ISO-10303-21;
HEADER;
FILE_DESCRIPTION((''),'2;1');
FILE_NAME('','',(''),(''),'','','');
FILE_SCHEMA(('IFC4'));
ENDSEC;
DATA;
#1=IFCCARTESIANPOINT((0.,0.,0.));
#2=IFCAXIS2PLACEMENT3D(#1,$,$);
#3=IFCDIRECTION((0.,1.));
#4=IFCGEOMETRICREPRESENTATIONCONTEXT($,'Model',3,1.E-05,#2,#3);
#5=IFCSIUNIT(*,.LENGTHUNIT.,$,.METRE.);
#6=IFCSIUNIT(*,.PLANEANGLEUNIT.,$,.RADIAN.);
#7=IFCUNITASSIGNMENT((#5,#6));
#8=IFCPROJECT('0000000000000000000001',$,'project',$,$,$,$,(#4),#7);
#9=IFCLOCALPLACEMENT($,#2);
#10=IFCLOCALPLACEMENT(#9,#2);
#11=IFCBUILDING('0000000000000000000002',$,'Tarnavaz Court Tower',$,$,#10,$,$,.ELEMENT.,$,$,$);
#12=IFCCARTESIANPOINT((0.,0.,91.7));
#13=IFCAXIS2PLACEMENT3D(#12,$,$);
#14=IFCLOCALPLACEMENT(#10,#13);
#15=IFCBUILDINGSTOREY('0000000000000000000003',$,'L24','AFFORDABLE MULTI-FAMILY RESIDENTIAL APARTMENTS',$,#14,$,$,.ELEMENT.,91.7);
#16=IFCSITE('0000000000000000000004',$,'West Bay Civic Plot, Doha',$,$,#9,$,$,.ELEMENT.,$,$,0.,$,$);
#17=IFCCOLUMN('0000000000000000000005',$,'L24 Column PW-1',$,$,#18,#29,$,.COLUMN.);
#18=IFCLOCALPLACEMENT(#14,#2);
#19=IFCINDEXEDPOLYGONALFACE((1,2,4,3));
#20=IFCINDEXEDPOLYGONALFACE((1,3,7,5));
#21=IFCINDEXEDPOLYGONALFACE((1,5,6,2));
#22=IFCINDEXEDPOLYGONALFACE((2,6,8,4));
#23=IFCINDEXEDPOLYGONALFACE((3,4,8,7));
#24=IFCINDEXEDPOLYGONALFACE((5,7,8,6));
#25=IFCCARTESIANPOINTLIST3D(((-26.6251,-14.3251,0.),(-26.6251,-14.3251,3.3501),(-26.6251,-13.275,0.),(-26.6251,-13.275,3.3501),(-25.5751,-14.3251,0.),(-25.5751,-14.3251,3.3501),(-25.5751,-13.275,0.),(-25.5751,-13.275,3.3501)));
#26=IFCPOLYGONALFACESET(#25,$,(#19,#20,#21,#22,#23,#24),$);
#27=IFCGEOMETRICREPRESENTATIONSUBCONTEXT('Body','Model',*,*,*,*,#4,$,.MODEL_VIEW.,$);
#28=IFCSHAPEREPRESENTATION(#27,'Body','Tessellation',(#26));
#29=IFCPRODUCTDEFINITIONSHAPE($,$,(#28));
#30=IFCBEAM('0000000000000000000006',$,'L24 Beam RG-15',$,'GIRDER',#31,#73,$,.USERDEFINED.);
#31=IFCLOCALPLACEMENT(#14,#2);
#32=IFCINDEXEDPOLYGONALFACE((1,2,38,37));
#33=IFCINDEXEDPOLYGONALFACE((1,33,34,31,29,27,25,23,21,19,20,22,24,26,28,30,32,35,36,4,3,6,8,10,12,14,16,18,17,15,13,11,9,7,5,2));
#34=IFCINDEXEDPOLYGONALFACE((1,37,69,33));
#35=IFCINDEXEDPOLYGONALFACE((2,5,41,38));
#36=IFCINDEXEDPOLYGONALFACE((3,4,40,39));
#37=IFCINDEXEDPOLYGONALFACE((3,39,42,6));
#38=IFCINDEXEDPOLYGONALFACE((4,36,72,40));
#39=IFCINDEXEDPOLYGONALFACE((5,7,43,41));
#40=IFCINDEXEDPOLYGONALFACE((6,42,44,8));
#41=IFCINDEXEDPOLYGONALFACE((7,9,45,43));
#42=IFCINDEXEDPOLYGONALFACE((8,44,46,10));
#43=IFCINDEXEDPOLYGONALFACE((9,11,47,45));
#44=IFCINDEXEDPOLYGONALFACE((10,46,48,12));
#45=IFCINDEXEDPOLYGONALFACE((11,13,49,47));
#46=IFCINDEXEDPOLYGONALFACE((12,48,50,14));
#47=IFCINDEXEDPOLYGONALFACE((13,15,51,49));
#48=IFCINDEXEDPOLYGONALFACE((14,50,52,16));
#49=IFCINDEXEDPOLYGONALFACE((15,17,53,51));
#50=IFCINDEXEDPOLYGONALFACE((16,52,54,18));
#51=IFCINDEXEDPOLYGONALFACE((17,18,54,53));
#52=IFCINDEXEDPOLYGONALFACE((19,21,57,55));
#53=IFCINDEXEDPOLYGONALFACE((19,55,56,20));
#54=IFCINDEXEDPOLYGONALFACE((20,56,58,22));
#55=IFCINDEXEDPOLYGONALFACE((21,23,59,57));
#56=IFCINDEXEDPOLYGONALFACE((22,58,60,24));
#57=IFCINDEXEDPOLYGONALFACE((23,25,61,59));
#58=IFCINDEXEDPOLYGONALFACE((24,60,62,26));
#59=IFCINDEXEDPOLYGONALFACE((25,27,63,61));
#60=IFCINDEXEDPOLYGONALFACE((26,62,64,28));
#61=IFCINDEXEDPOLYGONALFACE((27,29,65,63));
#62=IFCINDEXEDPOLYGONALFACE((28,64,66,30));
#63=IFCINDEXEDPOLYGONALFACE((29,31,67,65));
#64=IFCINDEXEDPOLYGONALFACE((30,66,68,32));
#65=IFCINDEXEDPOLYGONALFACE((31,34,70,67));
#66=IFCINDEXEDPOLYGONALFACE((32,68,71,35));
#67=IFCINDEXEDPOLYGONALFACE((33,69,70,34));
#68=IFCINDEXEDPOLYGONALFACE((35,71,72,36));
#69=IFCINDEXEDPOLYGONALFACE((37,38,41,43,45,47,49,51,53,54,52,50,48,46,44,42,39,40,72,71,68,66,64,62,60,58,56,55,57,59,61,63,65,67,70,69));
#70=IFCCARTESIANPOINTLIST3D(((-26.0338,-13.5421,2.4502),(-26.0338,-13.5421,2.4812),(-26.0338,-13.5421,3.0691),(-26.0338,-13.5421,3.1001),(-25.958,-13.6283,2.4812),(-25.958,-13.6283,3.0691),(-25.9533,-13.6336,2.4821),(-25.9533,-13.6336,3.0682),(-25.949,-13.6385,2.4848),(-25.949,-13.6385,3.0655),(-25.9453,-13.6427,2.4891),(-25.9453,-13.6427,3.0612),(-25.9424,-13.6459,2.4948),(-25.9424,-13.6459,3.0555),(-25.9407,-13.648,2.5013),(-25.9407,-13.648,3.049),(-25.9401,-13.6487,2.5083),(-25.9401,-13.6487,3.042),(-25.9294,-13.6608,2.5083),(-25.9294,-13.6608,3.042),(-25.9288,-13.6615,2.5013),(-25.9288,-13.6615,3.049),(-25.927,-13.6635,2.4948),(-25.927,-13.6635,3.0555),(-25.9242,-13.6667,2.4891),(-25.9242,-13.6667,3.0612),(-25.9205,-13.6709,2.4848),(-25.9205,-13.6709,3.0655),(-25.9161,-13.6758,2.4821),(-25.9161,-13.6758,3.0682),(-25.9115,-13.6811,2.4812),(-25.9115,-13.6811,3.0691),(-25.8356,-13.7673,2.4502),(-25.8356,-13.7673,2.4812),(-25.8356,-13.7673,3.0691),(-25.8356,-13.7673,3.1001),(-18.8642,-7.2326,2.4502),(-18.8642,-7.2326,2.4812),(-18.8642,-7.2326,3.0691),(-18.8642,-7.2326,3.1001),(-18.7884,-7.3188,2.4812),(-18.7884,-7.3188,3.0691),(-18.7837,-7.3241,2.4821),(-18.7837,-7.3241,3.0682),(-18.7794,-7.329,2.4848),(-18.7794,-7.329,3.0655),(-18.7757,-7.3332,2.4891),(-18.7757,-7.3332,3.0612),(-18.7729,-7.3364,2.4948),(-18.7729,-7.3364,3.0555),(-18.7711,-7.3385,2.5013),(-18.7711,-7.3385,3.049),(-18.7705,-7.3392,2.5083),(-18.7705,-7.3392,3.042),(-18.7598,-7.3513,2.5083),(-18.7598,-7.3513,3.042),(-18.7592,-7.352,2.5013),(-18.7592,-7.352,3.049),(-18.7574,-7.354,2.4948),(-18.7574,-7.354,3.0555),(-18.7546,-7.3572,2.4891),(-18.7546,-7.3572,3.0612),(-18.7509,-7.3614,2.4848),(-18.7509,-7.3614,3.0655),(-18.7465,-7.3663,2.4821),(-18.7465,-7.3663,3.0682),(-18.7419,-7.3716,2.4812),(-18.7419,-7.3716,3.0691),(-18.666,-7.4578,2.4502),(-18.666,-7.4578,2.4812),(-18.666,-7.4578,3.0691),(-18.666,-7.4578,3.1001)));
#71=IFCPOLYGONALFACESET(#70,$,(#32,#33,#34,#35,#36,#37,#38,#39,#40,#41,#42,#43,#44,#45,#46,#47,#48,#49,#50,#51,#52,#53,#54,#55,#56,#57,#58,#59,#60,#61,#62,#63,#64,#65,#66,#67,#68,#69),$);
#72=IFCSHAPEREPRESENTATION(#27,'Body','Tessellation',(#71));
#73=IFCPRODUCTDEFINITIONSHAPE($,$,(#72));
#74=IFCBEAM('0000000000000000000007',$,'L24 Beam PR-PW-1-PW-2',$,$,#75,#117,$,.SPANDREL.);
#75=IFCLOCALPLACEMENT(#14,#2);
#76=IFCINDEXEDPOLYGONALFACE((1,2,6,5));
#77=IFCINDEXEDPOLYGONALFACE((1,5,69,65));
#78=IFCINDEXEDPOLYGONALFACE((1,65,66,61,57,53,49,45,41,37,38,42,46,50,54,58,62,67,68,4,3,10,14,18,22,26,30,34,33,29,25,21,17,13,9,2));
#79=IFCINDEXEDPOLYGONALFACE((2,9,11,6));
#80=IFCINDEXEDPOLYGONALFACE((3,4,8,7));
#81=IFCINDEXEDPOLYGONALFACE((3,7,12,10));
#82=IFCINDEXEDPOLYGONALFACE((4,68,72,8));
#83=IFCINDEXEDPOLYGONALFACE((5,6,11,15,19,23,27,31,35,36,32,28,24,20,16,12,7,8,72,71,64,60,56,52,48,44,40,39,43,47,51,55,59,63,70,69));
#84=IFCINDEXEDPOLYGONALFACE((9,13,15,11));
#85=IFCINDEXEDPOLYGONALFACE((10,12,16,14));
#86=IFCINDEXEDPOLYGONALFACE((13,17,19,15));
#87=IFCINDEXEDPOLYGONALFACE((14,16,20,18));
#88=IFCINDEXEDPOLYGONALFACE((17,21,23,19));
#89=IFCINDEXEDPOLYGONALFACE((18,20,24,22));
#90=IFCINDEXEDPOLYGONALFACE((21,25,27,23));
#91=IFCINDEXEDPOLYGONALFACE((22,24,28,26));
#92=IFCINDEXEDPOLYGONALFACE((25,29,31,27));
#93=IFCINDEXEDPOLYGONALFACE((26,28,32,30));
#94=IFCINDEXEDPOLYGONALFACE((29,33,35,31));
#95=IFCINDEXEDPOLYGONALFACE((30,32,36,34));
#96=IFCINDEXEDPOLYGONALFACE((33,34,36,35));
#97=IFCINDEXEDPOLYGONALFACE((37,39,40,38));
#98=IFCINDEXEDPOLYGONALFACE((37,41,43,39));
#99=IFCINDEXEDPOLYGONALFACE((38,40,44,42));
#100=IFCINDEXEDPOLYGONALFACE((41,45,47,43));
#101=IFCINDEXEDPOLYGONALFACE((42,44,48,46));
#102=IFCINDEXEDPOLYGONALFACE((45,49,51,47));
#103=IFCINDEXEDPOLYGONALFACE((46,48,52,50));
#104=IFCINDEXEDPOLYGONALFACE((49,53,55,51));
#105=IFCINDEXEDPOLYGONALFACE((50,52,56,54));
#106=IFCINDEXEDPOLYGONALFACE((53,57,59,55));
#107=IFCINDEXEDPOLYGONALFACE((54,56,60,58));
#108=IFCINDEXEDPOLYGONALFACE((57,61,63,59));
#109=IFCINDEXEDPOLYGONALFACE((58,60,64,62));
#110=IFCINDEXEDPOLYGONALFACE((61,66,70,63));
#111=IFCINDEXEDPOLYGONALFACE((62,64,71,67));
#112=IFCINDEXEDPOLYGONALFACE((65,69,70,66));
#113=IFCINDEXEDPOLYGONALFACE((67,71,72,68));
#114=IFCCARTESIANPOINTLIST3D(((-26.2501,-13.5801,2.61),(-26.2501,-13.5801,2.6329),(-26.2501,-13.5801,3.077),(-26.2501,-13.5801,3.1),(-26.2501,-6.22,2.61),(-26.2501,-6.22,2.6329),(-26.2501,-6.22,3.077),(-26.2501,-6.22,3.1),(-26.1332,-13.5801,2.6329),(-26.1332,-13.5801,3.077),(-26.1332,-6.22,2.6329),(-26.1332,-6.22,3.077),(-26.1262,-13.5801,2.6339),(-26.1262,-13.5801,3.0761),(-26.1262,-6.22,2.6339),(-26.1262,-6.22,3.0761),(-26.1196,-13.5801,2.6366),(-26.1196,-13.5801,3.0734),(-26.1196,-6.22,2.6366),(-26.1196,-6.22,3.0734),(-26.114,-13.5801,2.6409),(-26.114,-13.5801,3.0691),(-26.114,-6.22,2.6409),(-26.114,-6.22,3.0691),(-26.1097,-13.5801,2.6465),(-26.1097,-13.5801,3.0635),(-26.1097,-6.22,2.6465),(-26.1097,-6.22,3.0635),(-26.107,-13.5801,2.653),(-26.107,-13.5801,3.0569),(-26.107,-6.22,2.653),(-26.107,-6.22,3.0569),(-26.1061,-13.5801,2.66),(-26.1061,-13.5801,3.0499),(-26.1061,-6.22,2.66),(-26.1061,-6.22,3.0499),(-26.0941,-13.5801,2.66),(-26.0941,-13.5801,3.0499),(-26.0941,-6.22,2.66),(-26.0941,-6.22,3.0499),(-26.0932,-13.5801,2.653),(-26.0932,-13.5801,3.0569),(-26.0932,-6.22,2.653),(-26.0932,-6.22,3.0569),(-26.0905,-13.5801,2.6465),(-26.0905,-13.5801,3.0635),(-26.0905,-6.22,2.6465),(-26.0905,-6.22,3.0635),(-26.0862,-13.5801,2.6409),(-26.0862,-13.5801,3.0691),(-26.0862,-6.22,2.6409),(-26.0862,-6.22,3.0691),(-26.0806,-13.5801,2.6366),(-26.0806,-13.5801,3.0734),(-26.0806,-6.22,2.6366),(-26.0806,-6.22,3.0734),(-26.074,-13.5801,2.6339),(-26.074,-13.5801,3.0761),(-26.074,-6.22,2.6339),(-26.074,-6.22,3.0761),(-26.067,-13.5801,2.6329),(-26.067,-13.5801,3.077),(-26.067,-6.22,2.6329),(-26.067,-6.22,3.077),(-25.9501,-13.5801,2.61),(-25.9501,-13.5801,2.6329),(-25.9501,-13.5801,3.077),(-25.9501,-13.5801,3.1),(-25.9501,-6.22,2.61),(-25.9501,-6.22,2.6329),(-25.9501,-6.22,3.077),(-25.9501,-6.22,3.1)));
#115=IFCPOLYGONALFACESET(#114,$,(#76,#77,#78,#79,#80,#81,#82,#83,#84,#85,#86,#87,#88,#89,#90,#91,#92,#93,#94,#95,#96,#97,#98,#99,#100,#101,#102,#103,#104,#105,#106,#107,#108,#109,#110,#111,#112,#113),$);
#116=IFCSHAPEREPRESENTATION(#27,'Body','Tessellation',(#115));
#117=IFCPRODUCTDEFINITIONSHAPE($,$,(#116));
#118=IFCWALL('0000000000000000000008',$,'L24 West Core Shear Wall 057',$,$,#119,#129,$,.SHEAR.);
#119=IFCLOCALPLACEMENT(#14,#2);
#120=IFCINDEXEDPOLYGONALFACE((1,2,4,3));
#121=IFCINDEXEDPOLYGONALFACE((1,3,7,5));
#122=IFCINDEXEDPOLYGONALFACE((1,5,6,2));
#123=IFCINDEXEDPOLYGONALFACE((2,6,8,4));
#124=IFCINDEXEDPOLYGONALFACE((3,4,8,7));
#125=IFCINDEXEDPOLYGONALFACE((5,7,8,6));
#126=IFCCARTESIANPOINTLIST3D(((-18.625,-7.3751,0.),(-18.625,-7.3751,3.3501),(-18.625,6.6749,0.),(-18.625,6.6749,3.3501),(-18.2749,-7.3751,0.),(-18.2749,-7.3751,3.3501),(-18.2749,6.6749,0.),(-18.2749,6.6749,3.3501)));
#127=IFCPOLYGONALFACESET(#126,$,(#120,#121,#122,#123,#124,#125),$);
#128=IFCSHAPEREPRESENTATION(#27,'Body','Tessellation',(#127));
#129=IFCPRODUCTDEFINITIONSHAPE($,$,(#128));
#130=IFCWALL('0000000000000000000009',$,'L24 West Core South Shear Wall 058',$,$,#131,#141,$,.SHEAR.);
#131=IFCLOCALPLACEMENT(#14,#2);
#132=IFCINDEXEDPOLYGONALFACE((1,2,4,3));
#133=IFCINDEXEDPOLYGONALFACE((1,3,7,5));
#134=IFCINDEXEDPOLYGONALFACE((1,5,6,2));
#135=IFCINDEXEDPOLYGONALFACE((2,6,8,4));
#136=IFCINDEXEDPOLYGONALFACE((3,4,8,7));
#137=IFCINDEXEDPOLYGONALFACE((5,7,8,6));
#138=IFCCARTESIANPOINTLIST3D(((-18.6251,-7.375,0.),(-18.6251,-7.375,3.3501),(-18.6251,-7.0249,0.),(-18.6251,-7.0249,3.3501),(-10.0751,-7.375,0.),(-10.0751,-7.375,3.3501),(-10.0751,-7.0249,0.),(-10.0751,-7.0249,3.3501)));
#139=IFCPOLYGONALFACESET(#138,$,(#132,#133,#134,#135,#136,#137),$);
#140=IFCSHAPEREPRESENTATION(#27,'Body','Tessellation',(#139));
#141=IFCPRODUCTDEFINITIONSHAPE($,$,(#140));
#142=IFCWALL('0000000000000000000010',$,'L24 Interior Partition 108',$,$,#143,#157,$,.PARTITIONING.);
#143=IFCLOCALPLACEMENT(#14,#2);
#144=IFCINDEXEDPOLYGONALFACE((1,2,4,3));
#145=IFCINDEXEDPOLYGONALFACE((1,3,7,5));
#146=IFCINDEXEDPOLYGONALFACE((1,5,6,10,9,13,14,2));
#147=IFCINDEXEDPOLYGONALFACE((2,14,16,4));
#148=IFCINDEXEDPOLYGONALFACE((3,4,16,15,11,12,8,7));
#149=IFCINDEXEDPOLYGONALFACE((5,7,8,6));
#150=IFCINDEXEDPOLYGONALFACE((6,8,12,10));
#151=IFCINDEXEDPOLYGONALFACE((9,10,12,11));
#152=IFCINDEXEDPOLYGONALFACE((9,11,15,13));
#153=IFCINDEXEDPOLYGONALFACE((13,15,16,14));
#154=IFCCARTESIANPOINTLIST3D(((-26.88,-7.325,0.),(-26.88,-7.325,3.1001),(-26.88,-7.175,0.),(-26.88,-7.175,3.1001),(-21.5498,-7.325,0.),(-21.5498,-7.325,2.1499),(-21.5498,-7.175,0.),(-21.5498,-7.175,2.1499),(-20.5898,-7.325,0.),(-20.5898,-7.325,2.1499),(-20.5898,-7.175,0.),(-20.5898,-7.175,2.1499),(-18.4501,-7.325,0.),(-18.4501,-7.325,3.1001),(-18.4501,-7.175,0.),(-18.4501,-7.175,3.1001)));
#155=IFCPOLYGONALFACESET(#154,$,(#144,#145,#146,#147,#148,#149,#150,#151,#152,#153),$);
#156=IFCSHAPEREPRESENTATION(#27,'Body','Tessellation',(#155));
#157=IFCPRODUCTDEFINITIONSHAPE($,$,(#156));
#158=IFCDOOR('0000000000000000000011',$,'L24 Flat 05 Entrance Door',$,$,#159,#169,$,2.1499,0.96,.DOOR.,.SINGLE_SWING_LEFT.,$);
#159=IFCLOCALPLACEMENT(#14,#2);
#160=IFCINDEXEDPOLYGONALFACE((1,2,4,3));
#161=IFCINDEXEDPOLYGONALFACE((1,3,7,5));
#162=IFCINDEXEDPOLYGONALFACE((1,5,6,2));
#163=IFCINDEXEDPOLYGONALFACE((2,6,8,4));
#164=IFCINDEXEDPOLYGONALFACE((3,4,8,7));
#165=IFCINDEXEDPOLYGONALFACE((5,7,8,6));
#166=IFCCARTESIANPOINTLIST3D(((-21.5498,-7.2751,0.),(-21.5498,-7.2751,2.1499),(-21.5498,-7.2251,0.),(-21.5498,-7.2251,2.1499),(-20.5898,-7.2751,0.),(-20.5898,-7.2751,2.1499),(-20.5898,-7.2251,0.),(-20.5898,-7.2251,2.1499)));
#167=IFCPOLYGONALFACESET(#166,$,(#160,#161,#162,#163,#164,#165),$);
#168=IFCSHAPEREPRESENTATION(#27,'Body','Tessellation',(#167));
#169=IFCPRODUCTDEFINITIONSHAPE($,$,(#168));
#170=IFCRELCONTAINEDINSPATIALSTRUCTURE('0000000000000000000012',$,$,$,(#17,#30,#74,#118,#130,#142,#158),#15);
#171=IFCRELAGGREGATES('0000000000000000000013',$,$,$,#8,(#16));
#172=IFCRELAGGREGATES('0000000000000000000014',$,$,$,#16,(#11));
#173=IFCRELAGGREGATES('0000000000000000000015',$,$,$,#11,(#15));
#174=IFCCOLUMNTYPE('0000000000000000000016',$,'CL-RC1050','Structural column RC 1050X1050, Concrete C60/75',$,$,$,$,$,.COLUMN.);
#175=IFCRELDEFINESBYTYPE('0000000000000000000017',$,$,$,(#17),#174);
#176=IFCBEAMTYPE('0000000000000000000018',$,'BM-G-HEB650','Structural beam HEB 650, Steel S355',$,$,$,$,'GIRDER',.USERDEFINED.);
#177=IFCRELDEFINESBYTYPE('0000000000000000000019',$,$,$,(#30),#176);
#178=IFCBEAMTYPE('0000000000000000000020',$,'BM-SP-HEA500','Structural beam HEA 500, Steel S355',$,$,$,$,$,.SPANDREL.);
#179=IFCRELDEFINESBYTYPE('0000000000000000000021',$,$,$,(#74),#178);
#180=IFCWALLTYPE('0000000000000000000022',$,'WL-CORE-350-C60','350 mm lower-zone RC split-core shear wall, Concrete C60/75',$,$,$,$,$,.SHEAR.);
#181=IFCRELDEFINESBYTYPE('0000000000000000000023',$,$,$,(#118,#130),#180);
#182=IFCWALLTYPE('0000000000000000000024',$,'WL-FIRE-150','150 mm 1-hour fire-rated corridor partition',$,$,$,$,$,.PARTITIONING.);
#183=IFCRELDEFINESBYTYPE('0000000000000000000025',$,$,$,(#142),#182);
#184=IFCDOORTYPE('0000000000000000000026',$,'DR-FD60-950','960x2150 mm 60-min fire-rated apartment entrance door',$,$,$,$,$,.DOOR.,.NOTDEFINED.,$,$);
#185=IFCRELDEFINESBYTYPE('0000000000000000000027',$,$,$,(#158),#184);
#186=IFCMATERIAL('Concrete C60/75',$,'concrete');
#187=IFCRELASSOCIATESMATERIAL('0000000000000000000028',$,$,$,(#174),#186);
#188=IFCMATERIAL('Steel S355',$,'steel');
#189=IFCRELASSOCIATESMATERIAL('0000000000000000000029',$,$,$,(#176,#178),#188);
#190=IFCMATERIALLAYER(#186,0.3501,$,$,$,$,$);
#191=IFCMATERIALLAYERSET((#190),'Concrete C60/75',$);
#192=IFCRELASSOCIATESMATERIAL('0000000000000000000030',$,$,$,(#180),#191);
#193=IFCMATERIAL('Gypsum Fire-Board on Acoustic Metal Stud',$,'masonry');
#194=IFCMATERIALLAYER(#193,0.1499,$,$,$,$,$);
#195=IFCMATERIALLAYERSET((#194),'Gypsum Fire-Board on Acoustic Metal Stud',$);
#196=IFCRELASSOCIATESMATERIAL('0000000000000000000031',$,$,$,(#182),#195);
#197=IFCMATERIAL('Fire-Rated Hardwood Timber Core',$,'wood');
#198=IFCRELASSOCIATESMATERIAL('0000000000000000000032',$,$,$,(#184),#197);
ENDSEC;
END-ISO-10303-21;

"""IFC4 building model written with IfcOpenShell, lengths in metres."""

from ifc_helpers import new_model, si_unit, direction, frame, frame_2d, origin, origin_2d, place, context, subcontext, project, spatial, rectangle, i_section, extrude, material, layer, layer_set, material_profile, profile_set, type_object, element, fill, save


model = new_model("IFC4")

# Units and contexts
model_context = context("Model", 3, precision=1e-05, world=origin(), true_north=direction((0.0, 1.0)))
body_context = subcontext(model_context, "Body", "Model", "MODEL_VIEW")
ifc_project = project(units=[si_unit("LENGTHUNIT", "METRE"), si_unit("PLANEANGLEUNIT", "RADIAN")], contexts=[model_context])

# Site, building, storey
site_placement = place(None, origin())
site = spatial("IfcSite", under=ifc_project, at=site_placement, Name="West Bay Civic Plot, Doha", CompositionType="ELEMENT", RefElevation=0.0)
building_placement = place(site_placement, origin())
building = spatial("IfcBuilding", under=site, at=building_placement, Name="Tarnavaz Court Tower", CompositionType="ELEMENT")
storey_placement = place(building_placement, frame((0.0, 0.0, 91.7)))
storey = spatial("IfcBuildingStorey", under=building, at=storey_placement, Name="L24", Description="AFFORDABLE MULTI-FAMILY RESIDENTIAL APARTMENTS", CompositionType="ELEMENT", Elevation=91.7)

# Column
ifc_material_1 = material(Name="Concrete C60/75", Category="concrete")
ifc_material_profile_1 = material_profile(ifc_material_1, rectangle(XDim=1.05, YDim=1.05, at=origin_2d()), Name="RC 1050X1050")
ifc_profile_set_1 = profile_set([ifc_material_profile_1], Name="Concrete C60/75")
column_type = type_object("IfcColumnType", Name="CL-RC1050", Description="Structural column RC 1050X1050, Concrete C60/75", PredefinedType="COLUMN", material=ifc_profile_set_1)
column_placement = place(storey_placement, frame((-26.1001, -13.8, 0.0), z_axis=(0.0, 0.0, 1.0), x_axis=(1.0, 0.0, 0.0)))
element("IfcColumn", 1, at=column_placement, inside=storey, type_object=column_type, Name="L24 Column PW-1", PredefinedType="COLUMN", context=body_context, shape_type="SweptSolid", body=[
    extrude(rectangle(XDim=1.05, YDim=1.05, at=origin_2d()), origin(), (0.0, 0.0, 1.0), 3.3501),
])

# Beams
ifc_material_2 = material(Name="Steel S355", Category="steel")
ifc_material_profile_2 = material_profile(ifc_material_2, i_section(OverallWidth=0.3, OverallDepth=0.6499, WebThickness=0.0161, FlangeThickness=0.031, FilletRadius=0.0271, at=origin_2d()), Name="HEB 650")
ifc_profile_set_2 = profile_set([ifc_material_profile_2], Name="Steel S355")
beam_type_1 = type_object("IfcBeamType", Name="BM-G-HEB650", Description="Structural beam HEB 650, Steel S355", ElementType="GIRDER", PredefinedType="USERDEFINED", material=ifc_profile_set_2)
beam_1_placement = place(storey_placement, frame((-18.7651, -7.3452, 2.7751), z_axis=(-0.7507, -0.660643, 0.0), x_axis=(0.660643, -0.7507, 0.0)))
element("IfcBeam", 2, at=beam_1_placement, inside=storey, type_object=beam_type_1, Name="L24 Beam RG-15", ObjectType="GIRDER", PredefinedType="USERDEFINED", context=body_context, shape_type="SweptSolid", body=[
    extrude(i_section(OverallWidth=0.3, OverallDepth=0.6499, WebThickness=0.0161, FlangeThickness=0.031, FilletRadius=0.0271, at=origin_2d()), origin(), (0.0, 0.0, 1.0), 9.5505),
])
ifc_material_profile_3 = material_profile(ifc_material_2, i_section(OverallWidth=0.3, OverallDepth=0.49, WebThickness=0.012, FlangeThickness=0.0229, FilletRadius=0.0271, at=origin_2d()), Name="HEA 500")
ifc_profile_set_3 = profile_set([ifc_material_profile_3], Name="Steel S355")
beam_type_2 = type_object("IfcBeamType", Name="BM-SP-HEA500", Description="Structural beam HEA 500, Steel S355", PredefinedType="SPANDREL", material=ifc_profile_set_3)
beam_2_placement = place(storey_placement, frame((-26.1001, -13.5801, 2.855), z_axis=(0.0, 1.0, 0.0), x_axis=(-1.0, 0.0, 0.0)))
element("IfcBeam", 3, at=beam_2_placement, inside=storey, type_object=beam_type_2, Name="L24 Beam PR-PW-1-PW-2", PredefinedType="SPANDREL", context=body_context, shape_type="SweptSolid", body=[
    extrude(i_section(OverallWidth=0.3, OverallDepth=0.49, WebThickness=0.012, FlangeThickness=0.0229, FilletRadius=0.0271, at=origin_2d()), origin(), (0.0, 0.0, 1.0), 7.3601),
])

# Walls
ifc_layer_1 = layer(ifc_material_1, 0.3501)
ifc_layer_set_1 = layer_set([ifc_layer_1], Name="Concrete C60/75")
wall_type_1 = type_object("IfcWallType", Name="WL-CORE-350-C60", Description="350 mm lower-zone RC split-core shear wall, Concrete C60/75", PredefinedType="SHEAR", material=ifc_layer_set_1)
wall_1_placement = place(storey_placement, frame((-18.45, -7.375, 0.0), z_axis=(0.0, 0.0, 1.0), x_axis=(0.0, 1.0, 0.0)))
element("IfcWall", 4, at=wall_1_placement, inside=storey, type_object=wall_type_1, Name="L24 West Core Shear Wall 057", PredefinedType="SHEAR", context=body_context, shape_type="SweptSolid", body=[
    extrude(rectangle(XDim=14.05, YDim=0.3501, at=frame_2d((7.0249, 0.0))), origin(), (0.0, 0.0, 1.0), 3.3501),
])
wall_2_placement = place(storey_placement, frame((-18.625, -7.2, 0.0), z_axis=(0.0, 0.0, 1.0), x_axis=(1.0, 0.0, 0.0)))
element("IfcWall", 5, at=wall_2_placement, inside=storey, type_object=wall_type_1, Name="L24 West Core South Shear Wall 058", PredefinedType="SHEAR", context=body_context, shape_type="SweptSolid", body=[
    extrude(rectangle(XDim=8.55, YDim=0.3501, at=frame_2d((4.2749, 0.0))), origin(), (0.0, 0.0, 1.0), 3.3501),
])

# Shared definitions
ifc_material_3 = material(Name="Gypsum Fire-Board on Acoustic Metal Stud", Category="masonry")
ifc_layer_2 = layer(ifc_material_3, 0.1499)
ifc_layer_set_2 = layer_set([ifc_layer_2], Name="Gypsum Fire-Board on Acoustic Metal Stud")
wall_type_2 = type_object("IfcWallType", Name="WL-FIRE-150", Description="150 mm 1-hour fire-rated corridor partition", PredefinedType="PARTITIONING", material=ifc_layer_set_2)

# Wall, opening, door
wall_3_placement = place(storey_placement, frame((-26.8799, -7.25, 0.0), z_axis=(0.0, 0.0, 1.0), x_axis=(1.0, 0.0, 0.0)))
wall_3 = element("IfcWall", 6, at=wall_3_placement, inside=storey, type_object=wall_type_2, Name="L24 Interior Partition 108", PredefinedType="PARTITIONING", context=body_context, shape_type="SweptSolid", body=[
    extrude(rectangle(XDim=8.4299, YDim=0.1499, at=frame_2d((4.2148, 0.0))), origin(), (0.0, 0.0, 1.0), 3.1001),
])
opening_1_placement = place(wall_3_placement, frame((5.3301, 0.0, 0.0)))
opening_1 = element("IfcOpeningElement", 7, at=opening_1_placement, cuts=wall_3, PredefinedType="OPENING", context=body_context, shape_type="SweptSolid", body=[
    extrude(rectangle(XDim=0.96, YDim=2.1499, at=frame_2d((0.48, 1.075))), frame((0.0, 0.085, 0.0), z_axis=(0.0, -1.0, 0.0), x_axis=(1.0, 0.0, 0.0)), (0.0, 0.0, 1.0), 0.1699),
])
ifc_material_4 = material(Name="Fire-Rated Hardwood Timber Core", Category="wood")
door_type_1 = type_object("IfcDoorType", Name="DR-FD60-950", Description="960x2150 mm 60-min fire-rated apartment entrance door", OperationType="NOTDEFINED", PredefinedType="DOOR", material=ifc_material_4)
door_1_placement = place(opening_1_placement, origin())
door_1 = element("IfcDoor", 8, at=door_1_placement, inside=storey, type_object=door_type_1, Name="L24 Flat 05 Entrance Door", OperationType="SINGLE_SWING_LEFT", OverallHeight=2.1499, OverallWidth=0.96, PredefinedType="DOOR", context=body_context, shape_type="SweptSolid", body=[
    extrude(rectangle(XDim=0.96, YDim=2.1499, at=frame_2d((0.48, 1.075))), frame((0.0, 0.0249, 0.0), z_axis=(0.0, -1.0, 0.0), x_axis=(1.0, 0.0, 0.0)), (0.0, 0.0, 1.0), 0.05),
])
fill(opening_1, door_1)

save(model, "model.ifc")
